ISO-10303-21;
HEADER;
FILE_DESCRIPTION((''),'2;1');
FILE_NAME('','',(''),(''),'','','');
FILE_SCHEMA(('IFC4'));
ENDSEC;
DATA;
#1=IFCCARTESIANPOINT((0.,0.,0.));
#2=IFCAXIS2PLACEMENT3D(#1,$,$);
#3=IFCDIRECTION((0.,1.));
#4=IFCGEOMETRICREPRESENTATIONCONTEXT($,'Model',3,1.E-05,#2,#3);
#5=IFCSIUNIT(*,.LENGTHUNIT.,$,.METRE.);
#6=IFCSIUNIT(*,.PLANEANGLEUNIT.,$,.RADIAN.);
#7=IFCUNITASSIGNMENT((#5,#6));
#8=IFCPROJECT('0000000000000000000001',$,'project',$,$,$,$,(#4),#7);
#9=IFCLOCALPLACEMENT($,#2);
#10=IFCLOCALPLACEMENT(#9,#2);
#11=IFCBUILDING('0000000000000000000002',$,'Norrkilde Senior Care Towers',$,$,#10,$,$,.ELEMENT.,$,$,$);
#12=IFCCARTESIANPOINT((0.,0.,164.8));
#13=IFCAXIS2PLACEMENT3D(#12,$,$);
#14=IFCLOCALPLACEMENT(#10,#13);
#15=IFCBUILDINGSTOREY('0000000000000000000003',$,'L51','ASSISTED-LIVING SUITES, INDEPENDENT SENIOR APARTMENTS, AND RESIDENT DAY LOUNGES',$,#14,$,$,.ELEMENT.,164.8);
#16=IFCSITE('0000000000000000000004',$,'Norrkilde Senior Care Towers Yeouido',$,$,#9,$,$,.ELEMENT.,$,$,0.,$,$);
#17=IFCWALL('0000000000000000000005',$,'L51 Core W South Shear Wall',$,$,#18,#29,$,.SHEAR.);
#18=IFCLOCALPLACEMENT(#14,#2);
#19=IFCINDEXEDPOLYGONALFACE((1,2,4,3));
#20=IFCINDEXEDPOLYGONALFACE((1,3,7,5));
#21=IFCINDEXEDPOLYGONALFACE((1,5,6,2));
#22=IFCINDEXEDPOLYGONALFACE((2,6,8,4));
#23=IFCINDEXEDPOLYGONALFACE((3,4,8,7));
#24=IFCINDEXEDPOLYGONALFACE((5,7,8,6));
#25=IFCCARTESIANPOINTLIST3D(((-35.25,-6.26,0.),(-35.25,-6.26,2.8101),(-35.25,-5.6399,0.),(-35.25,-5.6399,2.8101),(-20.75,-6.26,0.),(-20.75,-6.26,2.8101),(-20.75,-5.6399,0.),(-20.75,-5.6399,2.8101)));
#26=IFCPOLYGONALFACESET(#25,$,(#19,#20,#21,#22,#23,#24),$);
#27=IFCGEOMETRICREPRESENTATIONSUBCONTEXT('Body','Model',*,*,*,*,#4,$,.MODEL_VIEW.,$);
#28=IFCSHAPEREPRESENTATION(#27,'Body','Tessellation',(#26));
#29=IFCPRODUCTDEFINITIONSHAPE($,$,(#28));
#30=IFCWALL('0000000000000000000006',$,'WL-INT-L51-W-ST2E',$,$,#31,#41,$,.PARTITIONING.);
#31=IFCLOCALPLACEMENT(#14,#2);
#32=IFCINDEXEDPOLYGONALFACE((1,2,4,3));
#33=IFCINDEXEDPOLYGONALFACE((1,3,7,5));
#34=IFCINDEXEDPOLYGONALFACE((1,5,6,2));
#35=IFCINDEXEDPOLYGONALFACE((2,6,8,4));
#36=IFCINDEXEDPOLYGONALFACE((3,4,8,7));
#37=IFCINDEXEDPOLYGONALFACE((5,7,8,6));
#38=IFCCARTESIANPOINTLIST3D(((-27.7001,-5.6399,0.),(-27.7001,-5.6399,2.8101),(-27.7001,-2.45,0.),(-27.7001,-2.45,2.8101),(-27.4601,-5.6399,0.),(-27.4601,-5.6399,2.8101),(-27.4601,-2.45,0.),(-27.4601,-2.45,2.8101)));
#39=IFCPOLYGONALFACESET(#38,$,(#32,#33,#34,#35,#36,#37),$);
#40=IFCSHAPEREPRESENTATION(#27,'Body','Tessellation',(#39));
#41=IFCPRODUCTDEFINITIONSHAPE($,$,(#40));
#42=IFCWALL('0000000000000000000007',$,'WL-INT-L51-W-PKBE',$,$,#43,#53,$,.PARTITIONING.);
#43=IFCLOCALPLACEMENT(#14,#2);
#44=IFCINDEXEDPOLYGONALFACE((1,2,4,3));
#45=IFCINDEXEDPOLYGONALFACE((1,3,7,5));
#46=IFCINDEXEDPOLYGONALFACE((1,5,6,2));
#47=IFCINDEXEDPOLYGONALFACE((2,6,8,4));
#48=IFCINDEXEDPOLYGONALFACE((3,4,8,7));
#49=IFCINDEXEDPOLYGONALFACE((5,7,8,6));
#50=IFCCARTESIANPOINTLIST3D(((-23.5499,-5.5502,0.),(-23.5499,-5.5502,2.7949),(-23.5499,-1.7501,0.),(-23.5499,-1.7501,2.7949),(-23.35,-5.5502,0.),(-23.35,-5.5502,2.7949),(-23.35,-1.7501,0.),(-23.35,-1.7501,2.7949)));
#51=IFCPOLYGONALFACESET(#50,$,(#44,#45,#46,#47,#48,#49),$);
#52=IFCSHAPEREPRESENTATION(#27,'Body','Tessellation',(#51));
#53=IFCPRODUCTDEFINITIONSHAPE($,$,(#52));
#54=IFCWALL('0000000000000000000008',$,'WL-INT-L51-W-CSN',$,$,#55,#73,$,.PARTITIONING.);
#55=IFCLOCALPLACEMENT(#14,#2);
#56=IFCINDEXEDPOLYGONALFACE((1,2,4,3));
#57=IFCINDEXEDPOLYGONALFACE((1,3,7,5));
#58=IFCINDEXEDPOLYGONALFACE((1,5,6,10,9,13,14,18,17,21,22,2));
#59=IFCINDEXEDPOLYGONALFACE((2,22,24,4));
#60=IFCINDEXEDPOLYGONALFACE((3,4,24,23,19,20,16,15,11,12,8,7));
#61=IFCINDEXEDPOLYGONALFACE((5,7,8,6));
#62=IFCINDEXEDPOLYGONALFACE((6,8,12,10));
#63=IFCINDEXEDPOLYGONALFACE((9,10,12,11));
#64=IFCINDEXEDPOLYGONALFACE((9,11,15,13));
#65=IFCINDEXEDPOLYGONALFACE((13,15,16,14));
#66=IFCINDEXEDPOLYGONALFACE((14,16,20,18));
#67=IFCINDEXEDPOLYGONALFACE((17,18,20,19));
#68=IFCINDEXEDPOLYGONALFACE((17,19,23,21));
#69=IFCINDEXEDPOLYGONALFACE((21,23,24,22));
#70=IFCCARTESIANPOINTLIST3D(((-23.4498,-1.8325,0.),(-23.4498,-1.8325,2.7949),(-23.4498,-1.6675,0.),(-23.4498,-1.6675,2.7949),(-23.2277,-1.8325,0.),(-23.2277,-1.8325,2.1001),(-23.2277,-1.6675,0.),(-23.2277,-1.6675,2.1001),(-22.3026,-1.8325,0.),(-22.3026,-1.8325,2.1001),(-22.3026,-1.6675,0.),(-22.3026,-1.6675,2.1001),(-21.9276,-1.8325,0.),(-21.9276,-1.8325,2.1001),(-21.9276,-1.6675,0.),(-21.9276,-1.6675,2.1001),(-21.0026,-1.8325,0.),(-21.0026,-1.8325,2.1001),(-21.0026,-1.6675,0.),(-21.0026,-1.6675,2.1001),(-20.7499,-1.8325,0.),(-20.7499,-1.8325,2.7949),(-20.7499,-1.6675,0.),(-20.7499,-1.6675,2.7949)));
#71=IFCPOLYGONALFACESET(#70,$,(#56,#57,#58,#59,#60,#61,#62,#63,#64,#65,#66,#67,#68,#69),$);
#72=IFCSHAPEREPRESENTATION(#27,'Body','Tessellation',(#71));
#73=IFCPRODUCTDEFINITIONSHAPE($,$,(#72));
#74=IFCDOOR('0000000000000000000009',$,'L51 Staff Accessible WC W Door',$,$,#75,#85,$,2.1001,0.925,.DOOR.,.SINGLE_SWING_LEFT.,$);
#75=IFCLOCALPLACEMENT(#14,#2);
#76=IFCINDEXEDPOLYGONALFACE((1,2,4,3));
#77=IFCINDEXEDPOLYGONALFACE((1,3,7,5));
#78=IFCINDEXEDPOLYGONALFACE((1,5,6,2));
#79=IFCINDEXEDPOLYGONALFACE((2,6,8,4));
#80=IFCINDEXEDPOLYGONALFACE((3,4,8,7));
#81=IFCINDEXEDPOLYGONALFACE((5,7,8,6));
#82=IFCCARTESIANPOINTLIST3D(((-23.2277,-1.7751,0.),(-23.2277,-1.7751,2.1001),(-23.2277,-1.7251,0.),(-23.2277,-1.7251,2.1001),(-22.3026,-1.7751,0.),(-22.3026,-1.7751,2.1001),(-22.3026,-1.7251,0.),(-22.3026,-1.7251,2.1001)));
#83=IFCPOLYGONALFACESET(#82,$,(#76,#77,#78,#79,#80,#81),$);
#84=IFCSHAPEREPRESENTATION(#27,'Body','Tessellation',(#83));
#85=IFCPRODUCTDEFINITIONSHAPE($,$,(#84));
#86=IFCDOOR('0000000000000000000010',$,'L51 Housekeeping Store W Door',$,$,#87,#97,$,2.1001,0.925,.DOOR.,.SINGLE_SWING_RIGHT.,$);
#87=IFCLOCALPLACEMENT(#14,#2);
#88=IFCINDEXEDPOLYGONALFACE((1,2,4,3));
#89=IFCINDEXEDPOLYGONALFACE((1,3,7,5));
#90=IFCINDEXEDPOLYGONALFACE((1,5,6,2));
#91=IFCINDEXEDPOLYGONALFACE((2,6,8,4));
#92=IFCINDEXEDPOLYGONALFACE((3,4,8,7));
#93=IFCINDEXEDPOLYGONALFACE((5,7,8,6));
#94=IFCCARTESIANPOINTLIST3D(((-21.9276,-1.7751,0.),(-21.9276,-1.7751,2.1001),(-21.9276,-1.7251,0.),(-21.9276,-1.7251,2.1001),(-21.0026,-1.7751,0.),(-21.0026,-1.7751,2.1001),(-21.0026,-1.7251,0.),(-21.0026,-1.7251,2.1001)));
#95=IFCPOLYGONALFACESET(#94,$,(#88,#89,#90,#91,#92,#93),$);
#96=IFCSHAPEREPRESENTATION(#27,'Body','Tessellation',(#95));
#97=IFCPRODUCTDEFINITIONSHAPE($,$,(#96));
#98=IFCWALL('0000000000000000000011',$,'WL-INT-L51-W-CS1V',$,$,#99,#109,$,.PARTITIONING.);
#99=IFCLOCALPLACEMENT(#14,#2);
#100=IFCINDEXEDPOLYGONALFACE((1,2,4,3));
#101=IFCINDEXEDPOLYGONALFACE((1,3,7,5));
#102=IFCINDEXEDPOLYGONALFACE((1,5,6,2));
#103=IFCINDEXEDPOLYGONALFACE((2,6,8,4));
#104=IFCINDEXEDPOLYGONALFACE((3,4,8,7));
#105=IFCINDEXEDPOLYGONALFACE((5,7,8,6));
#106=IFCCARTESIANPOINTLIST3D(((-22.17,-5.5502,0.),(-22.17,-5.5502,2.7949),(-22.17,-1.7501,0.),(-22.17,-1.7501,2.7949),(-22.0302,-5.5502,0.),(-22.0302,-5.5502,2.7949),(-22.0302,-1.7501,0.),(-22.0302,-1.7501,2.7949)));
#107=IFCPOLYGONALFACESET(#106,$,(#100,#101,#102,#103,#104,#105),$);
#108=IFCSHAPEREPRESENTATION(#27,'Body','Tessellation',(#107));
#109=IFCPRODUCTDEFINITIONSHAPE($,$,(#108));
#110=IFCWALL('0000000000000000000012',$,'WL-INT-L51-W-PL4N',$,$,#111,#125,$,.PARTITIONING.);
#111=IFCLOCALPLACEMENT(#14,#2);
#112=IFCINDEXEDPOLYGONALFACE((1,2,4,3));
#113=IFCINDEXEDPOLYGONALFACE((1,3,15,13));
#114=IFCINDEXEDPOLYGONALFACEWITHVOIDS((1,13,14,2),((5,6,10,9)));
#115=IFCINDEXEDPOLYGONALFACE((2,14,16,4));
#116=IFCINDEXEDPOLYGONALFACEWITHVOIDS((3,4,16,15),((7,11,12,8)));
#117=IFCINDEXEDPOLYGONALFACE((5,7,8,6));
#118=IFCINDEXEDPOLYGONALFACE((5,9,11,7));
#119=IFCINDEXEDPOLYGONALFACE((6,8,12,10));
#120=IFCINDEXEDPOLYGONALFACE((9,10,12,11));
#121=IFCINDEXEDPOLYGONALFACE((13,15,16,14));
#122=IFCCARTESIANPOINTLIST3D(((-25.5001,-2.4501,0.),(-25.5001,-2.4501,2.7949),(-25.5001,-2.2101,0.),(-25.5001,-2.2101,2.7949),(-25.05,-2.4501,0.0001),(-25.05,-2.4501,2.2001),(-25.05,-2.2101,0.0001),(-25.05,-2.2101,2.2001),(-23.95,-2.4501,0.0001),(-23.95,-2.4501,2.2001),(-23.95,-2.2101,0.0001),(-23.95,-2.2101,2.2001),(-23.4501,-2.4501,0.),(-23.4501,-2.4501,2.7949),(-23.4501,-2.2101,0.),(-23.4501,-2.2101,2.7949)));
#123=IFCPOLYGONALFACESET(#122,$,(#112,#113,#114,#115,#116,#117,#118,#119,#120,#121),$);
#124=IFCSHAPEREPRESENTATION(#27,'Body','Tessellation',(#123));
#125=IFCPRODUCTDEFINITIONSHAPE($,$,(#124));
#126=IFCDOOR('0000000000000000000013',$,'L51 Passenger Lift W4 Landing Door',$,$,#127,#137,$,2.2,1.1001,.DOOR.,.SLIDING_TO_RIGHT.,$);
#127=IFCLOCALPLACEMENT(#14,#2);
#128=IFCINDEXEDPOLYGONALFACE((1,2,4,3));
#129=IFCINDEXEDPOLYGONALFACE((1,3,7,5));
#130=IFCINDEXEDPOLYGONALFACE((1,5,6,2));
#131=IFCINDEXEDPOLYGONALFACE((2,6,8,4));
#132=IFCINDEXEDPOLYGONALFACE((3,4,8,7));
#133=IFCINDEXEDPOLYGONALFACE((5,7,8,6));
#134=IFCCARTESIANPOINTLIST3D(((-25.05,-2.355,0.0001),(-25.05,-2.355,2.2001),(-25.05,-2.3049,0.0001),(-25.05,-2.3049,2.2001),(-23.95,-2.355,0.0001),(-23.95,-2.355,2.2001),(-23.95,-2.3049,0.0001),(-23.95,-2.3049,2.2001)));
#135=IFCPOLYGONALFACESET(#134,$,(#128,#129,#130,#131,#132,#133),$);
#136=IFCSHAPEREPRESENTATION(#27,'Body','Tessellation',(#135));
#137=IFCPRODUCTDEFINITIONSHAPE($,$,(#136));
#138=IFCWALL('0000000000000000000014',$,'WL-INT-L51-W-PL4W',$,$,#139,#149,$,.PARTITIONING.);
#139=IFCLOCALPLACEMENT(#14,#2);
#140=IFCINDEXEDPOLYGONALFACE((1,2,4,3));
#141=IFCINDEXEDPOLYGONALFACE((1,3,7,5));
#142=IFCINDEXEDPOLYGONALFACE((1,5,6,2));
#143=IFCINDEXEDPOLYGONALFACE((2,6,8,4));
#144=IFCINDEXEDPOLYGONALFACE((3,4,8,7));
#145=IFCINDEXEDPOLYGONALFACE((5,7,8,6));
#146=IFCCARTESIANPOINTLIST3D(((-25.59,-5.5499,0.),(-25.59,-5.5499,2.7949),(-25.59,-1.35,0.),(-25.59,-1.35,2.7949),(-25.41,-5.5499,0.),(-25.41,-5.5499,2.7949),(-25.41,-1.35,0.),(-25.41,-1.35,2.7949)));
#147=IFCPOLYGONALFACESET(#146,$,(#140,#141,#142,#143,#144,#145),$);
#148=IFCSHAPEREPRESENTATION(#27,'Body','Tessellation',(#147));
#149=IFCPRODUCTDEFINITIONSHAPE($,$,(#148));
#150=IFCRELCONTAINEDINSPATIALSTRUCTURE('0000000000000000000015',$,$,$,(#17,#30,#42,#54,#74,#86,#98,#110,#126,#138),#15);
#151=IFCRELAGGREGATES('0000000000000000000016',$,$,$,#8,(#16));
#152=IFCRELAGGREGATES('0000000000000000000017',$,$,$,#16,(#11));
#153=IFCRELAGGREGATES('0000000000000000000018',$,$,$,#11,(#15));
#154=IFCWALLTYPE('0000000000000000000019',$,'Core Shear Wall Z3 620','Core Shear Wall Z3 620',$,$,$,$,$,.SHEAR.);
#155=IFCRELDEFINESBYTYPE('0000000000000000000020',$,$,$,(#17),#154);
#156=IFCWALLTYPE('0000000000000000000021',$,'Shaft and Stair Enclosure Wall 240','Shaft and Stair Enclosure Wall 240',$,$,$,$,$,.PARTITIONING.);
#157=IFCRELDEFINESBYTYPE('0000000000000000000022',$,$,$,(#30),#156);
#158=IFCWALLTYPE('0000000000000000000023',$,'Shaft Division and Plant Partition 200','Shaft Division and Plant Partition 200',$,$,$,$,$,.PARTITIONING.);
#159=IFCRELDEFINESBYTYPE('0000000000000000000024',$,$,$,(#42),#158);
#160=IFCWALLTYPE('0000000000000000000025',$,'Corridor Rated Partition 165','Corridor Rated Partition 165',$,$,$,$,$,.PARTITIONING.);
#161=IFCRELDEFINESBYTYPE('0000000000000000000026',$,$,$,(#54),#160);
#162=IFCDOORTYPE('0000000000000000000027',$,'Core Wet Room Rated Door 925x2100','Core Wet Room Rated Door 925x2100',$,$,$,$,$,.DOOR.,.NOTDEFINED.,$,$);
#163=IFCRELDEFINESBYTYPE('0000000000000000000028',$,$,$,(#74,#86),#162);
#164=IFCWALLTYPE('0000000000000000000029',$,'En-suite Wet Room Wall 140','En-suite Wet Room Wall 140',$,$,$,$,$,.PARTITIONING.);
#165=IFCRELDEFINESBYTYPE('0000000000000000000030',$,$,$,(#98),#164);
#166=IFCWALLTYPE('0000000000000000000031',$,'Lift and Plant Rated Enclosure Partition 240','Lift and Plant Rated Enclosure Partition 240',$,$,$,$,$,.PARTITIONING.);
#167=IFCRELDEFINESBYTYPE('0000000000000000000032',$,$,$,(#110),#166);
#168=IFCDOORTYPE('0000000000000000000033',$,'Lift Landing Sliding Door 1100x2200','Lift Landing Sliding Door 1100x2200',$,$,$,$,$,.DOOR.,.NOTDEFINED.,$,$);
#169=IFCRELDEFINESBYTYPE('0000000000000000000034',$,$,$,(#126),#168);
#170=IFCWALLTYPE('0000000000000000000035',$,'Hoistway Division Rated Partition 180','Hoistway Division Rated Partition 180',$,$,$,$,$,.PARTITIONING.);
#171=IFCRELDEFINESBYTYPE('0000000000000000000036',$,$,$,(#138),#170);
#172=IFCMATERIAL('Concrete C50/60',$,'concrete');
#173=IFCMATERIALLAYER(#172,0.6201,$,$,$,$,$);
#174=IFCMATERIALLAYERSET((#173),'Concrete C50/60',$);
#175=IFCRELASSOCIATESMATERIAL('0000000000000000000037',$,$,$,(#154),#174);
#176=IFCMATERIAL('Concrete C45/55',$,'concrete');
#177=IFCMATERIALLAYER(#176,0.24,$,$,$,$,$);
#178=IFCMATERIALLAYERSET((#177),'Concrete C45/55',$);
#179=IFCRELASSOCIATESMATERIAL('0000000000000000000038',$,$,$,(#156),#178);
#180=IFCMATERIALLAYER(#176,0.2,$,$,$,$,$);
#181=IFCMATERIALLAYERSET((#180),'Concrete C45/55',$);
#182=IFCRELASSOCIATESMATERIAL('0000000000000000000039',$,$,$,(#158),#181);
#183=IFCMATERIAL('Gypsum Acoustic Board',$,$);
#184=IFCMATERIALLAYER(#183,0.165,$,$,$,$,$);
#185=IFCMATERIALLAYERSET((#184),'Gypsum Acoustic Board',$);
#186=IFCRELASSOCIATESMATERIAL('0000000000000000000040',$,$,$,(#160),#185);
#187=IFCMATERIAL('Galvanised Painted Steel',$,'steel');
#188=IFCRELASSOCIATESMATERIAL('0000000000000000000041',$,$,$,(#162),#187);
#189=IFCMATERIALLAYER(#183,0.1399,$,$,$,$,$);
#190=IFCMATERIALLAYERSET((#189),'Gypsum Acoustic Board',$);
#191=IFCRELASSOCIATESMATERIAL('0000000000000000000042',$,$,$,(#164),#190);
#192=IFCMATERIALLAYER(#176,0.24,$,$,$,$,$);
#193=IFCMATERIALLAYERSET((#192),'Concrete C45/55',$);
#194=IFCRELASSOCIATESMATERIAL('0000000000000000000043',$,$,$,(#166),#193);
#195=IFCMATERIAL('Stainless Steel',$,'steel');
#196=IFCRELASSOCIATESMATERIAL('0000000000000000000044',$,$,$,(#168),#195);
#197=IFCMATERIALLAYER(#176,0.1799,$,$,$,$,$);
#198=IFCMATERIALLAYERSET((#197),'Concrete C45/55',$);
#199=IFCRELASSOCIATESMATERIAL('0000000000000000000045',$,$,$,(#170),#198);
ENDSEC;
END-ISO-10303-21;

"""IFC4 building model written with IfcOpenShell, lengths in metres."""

from ifc_helpers import new_model, si_unit, direction, frame, frame_2d, origin, place, context, subcontext, project, spatial, rectangle, extrude, source, transform, mapped, material, layer, layer_set, type_object, type_shapes, element, fill, save


model = new_model("IFC4")

# Units and contexts
model_context = context("Model", 3, precision=1e-05, world=origin(), true_north=direction((0.0, 1.0)))
body_context = subcontext(model_context, "Body", "Model", "MODEL_VIEW")
ifc_project = project(units=[si_unit("LENGTHUNIT", "METRE"), si_unit("PLANEANGLEUNIT", "RADIAN")], contexts=[model_context])

# Site, building, storey
site_placement = place(None, origin())
site = spatial("IfcSite", under=ifc_project, at=site_placement, Name="Norrkilde Senior Care Towers Yeouido", CompositionType="ELEMENT", RefElevation=0.0)
building_placement = place(site_placement, origin())
building = spatial("IfcBuilding", under=site, at=building_placement, Name="Norrkilde Senior Care Towers", CompositionType="ELEMENT")
storey_placement = place(building_placement, frame((0.0, 0.0, 164.8)))
storey = spatial("IfcBuildingStorey", under=building, at=storey_placement, Name="L51", Description="ASSISTED-LIVING SUITES, INDEPENDENT SENIOR APARTMENTS, AND RESIDENT DAY LOUNGES", CompositionType="ELEMENT", Elevation=164.8)

# Shared definitions
ifc_material_1 = material(Name="Concrete C50/60", Category="concrete")

# Walls
ifc_layer_1 = layer(ifc_material_1, 0.6201)
ifc_layer_set_1 = layer_set([ifc_layer_1], Name="Concrete C50/60")
wall_type_1 = type_object("IfcWallType", Name="Core Shear Wall Z3 620", Description="Core Shear Wall Z3 620", PredefinedType="SHEAR", material=ifc_layer_set_1)
shared_shape_1 = source(origin(), body_context, "Body", "SweptSolid", [
    extrude(rectangle(XDim=14.5, YDim=0.6201, at=frame_2d((7.25, 0.0))), origin(), (0.0, 0.0, 1.0), 2.8101),
])
type_shapes(wall_type_1, [shared_shape_1])
wall_1_placement = place(storey_placement, frame((-20.75, -5.95, 0.0), z_axis=(0.0, 0.0, 1.0), x_axis=(-1.0, 0.0, 0.0)))
element("IfcWall", 1, at=wall_1_placement, inside=storey, type_object=wall_type_1, Name="L51 Core W South Shear Wall", PredefinedType="SHEAR", context=body_context, shape_type="MappedRepresentation", body=[
    mapped(shared_shape_1, transform((0.0, 0.0, 0.0), x_axis=(1.0, 0.0, 0.0), y_axis=(0.0, 1.0, 0.0), z_axis=(0.0, 0.0, 1.0), scale=1.0)),
])
ifc_material_2 = material(Name="Concrete C45/55", Category="concrete")
ifc_layer_2 = layer(ifc_material_2, 0.24)
ifc_layer_set_2 = layer_set([ifc_layer_2], Name="Concrete C45/55")
wall_type_2 = type_object("IfcWallType", Name="Shaft and Stair Enclosure Wall 240", Description="Shaft and Stair Enclosure Wall 240", PredefinedType="PARTITIONING", material=ifc_layer_set_2)
shared_shape_2 = source(origin(), body_context, "Body", "SweptSolid", [
    extrude(rectangle(XDim=3.1899, YDim=0.24, at=frame_2d((1.595, 0.0))), origin(), (0.0, 0.0, 1.0), 2.8101),
])
type_shapes(wall_type_2, [shared_shape_2])
wall_2_placement = place(storey_placement, frame((-27.5801, -5.6399, 0.0), z_axis=(0.0, 0.0, 1.0), x_axis=(0.0, 1.0, 0.0)))
element("IfcWall", 2, at=wall_2_placement, inside=storey, type_object=wall_type_2, Name="WL-INT-L51-W-ST2E", PredefinedType="PARTITIONING", context=body_context, shape_type="MappedRepresentation", body=[
    mapped(shared_shape_2, transform((0.0, 0.0, 0.0), x_axis=(1.0, 0.0, 0.0), y_axis=(0.0, 1.0, 0.0), z_axis=(0.0, 0.0, 1.0), scale=1.0)),
])
ifc_layer_3 = layer(ifc_material_2, 0.2)
ifc_layer_set_3 = layer_set([ifc_layer_3], Name="Concrete C45/55")
wall_type_3 = type_object("IfcWallType", Name="Shaft Division and Plant Partition 200", Description="Shaft Division and Plant Partition 200", PredefinedType="PARTITIONING", material=ifc_layer_set_3)
shared_shape_3 = source(origin(), body_context, "Body", "SweptSolid", [
    extrude(rectangle(XDim=3.8, YDim=0.2, at=frame_2d((1.8999, 0.0))), origin(), (0.0, 0.0, 1.0), 2.7949),
])
type_shapes(wall_type_3, [shared_shape_3])
wall_3_placement = place(storey_placement, frame((-23.45, -5.55, 0.0), z_axis=(0.0, 0.0, 1.0), x_axis=(0.0, 1.0, 0.0)))
element("IfcWall", 3, at=wall_3_placement, inside=storey, type_object=wall_type_3, Name="WL-INT-L51-W-PKBE", PredefinedType="PARTITIONING", context=body_context, shape_type="MappedRepresentation", body=[
    mapped(shared_shape_3, transform((0.0, 0.0, 0.0), x_axis=(1.0, 0.0, 0.0), y_axis=(0.0, 1.0, 0.0), z_axis=(0.0, 0.0, 1.0), scale=1.0)),
])

# Wall, openings, doors
ifc_material_3 = material(Name="Gypsum Acoustic Board")
ifc_layer_4 = layer(ifc_material_3, 0.165)
ifc_layer_set_4 = layer_set([ifc_layer_4], Name="Gypsum Acoustic Board")
wall_type_4 = type_object("IfcWallType", Name="Corridor Rated Partition 165", Description="Corridor Rated Partition 165", PredefinedType="PARTITIONING", material=ifc_layer_set_4)
shared_shape_4 = source(origin(), body_context, "Body", "SweptSolid", [
    extrude(rectangle(XDim=2.7, YDim=0.165, at=frame_2d((1.3501, 0.0))), origin(), (0.0, 0.0, 1.0), 2.7949),
])
wall_4_placement = place(storey_placement, frame((-23.45, -1.75, 0.0), z_axis=(0.0, 0.0, 1.0), x_axis=(1.0, 0.0, 0.0)))
wall_4 = element("IfcWall", 4, at=wall_4_placement, inside=storey, type_object=wall_type_4, Name="WL-INT-L51-W-CSN", PredefinedType="PARTITIONING", context=body_context, shape_type="MappedRepresentation", body=[
    mapped(shared_shape_4, transform((0.0, 0.0, 0.0), x_axis=(1.0, 0.0, 0.0), y_axis=(0.0, 1.0, 0.0), z_axis=(0.0, 0.0, 1.0), scale=1.0)),
])
opening_1_placement = place(wall_4_placement, frame((0.2224, 0.0, 0.0)))
opening_1 = element("IfcOpeningElement", 5, at=opening_1_placement, cuts=wall_4, PredefinedType="OPENING", context=body_context, shape_type="SweptSolid", body=[
    extrude(rectangle(XDim=0.925, YDim=2.1001, at=frame_2d((0.4624, 1.05))), frame((0.0, 0.0925, 0.0), z_axis=(0.0, -1.0, 0.0), x_axis=(1.0, 0.0, 0.0)), (0.0, 0.0, 1.0), 0.1851),
])
opening_2_placement = place(wall_4_placement, frame((1.5225, 0.0, 0.0)))
opening_2 = element("IfcOpeningElement", 6, at=opening_2_placement, cuts=wall_4, PredefinedType="OPENING", context=body_context, shape_type="SweptSolid", body=[
    extrude(rectangle(XDim=0.925, YDim=2.1001, at=frame_2d((0.4624, 1.05))), frame((0.0, 0.0925, 0.0), z_axis=(0.0, -1.0, 0.0), x_axis=(1.0, 0.0, 0.0)), (0.0, 0.0, 1.0), 0.1851),
])
ifc_material_4 = material(Name="Galvanised Painted Steel", Category="steel")
door_type_1 = type_object("IfcDoorType", Name="Core Wet Room Rated Door 925x2100", Description="Core Wet Room Rated Door 925x2100", OperationType="NOTDEFINED", PredefinedType="DOOR", material=ifc_material_4)
shared_shape_5 = source(origin(), body_context, "Body", "SweptSolid", [
    extrude(rectangle(XDim=0.925, YDim=2.1001, at=frame_2d((0.4624, 1.05))), frame((0.0, 0.0249, 0.0), z_axis=(0.0, -1.0, 0.0), x_axis=(1.0, 0.0, 0.0)), (0.0, 0.0, 1.0), 0.05),
])
type_shapes(door_type_1, [shared_shape_5])
door_1_placement = place(opening_1_placement, origin())
door_1 = element("IfcDoor", 7, at=door_1_placement, inside=storey, type_object=door_type_1, Name="L51 Staff Accessible WC W Door", OperationType="SINGLE_SWING_LEFT", OverallHeight=2.1001, OverallWidth=0.925, PredefinedType="DOOR", context=body_context, shape_type="MappedRepresentation", body=[
    mapped(shared_shape_5, transform((0.0, 0.0, 0.0), x_axis=(1.0, 0.0, 0.0), y_axis=(0.0, 1.0, 0.0), z_axis=(0.0, 0.0, 1.0), scale=1.0)),
])
fill(opening_1, door_1)
door_2_placement = place(opening_2_placement, origin())
door_2 = element("IfcDoor", 8, at=door_2_placement, inside=storey, type_object=door_type_1, Name="L51 Housekeeping Store W Door", OperationType="SINGLE_SWING_RIGHT", OverallHeight=2.1001, OverallWidth=0.925, PredefinedType="DOOR", context=body_context, shape_type="MappedRepresentation", body=[
    mapped(shared_shape_5, transform((0.0, 0.0, 0.0), x_axis=(1.0, 0.0, 0.0), y_axis=(0.0, 1.0, 0.0), z_axis=(0.0, 0.0, 1.0), scale=1.0)),
])
fill(opening_2, door_2)

# Wall
ifc_layer_5 = layer(ifc_material_3, 0.1399)
ifc_layer_set_5 = layer_set([ifc_layer_5], Name="Gypsum Acoustic Board")
wall_type_5 = type_object("IfcWallType", Name="En-suite Wet Room Wall 140", Description="En-suite Wet Room Wall 140", PredefinedType="PARTITIONING", material=ifc_layer_set_5)
shared_shape_6 = source(origin(), body_context, "Body", "SweptSolid", [
    extrude(rectangle(XDim=3.8, YDim=0.1399, at=frame_2d((1.8999, 0.0))), origin(), (0.0, 0.0, 1.0), 2.7949),
])
type_shapes(wall_type_5, [shared_shape_6])
wall_5_placement = place(storey_placement, frame((-22.1001, -5.55, 0.0), z_axis=(0.0, 0.0, 1.0), x_axis=(0.0, 1.0, 0.0)))
element("IfcWall", 9, at=wall_5_placement, inside=storey, type_object=wall_type_5, Name="WL-INT-L51-W-CS1V", PredefinedType="PARTITIONING", context=body_context, shape_type="MappedRepresentation", body=[
    mapped(shared_shape_6, transform((0.0, 0.0, 0.0), x_axis=(1.0, 0.0, 0.0), y_axis=(0.0, 1.0, 0.0), z_axis=(0.0, 0.0, 1.0), scale=1.0)),
])

# Wall, opening, door
ifc_layer_6 = layer(ifc_material_2, 0.24)
ifc_layer_set_6 = layer_set([ifc_layer_6], Name="Concrete C45/55")
wall_type_6 = type_object("IfcWallType", Name="Lift and Plant Rated Enclosure Partition 240", Description="Lift and Plant Rated Enclosure Partition 240", PredefinedType="PARTITIONING", material=ifc_layer_set_6)
shared_shape_7 = source(origin(), body_context, "Body", "SweptSolid", [
    extrude(rectangle(XDim=2.05, YDim=0.24, at=frame_2d((1.0249, 0.0))), origin(), (0.0, 0.0, 1.0), 2.7949),
])
type_shapes(wall_type_6, [shared_shape_7])
wall_6_placement = place(storey_placement, frame((-25.5, -2.3301, 0.0), z_axis=(0.0, 0.0, 1.0), x_axis=(1.0, 0.0, 0.0)))
wall_6 = element("IfcWall", 10, at=wall_6_placement, inside=storey, type_object=wall_type_6, Name="WL-INT-L51-W-PL4N", PredefinedType="PARTITIONING", context=body_context, shape_type="MappedRepresentation", body=[
    mapped(shared_shape_7, transform((0.0, 0.0, 0.0), x_axis=(1.0, 0.0, 0.0), y_axis=(0.0, 1.0, 0.0), z_axis=(0.0, 0.0, 1.0), scale=1.0)),
])
opening_3_placement = place(wall_6_placement, frame((0.45, 0.0, 0.0)))
opening_3 = element("IfcOpeningElement", 11, at=opening_3_placement, cuts=wall_6, PredefinedType="OPENING", context=body_context, shape_type="SweptSolid", body=[
    extrude(rectangle(XDim=1.1001, YDim=2.2, at=frame_2d((0.55, 1.1001))), frame((0.0, 0.1299, 0.0), z_axis=(0.0, -1.0, 0.0), x_axis=(1.0, 0.0, 0.0)), (0.0, 0.0, 1.0), 0.26),
])
ifc_material_5 = material(Name="Stainless Steel", Category="steel")
door_type_2 = type_object("IfcDoorType", Name="Lift Landing Sliding Door 1100x2200", Description="Lift Landing Sliding Door 1100x2200", OperationType="NOTDEFINED", PredefinedType="DOOR", material=ifc_material_5)
shared_shape_8 = source(origin(), body_context, "Body", "SweptSolid", [
    extrude(rectangle(XDim=1.1001, YDim=2.2, at=frame_2d((0.55, 1.1001))), frame((0.0, 0.0249, 0.0), z_axis=(0.0, -1.0, 0.0), x_axis=(1.0, 0.0, 0.0)), (0.0, 0.0, 1.0), 0.05),
])
type_shapes(door_type_2, [shared_shape_8])
door_3_placement = place(opening_3_placement, frame((1.1001, 0.0, 0.0), z_axis=(0.0, 0.0, 1.0), x_axis=(-1.0, 0.0, 0.0)))
door_3 = element("IfcDoor", 12, at=door_3_placement, inside=storey, type_object=door_type_2, Name="L51 Passenger Lift W4 Landing Door", OperationType="SLIDING_TO_RIGHT", OverallHeight=2.2, OverallWidth=1.1001, PredefinedType="DOOR", context=body_context, shape_type="MappedRepresentation", body=[
    mapped(shared_shape_8, transform((0.0, 0.0, 0.0), x_axis=(1.0, 0.0, 0.0), y_axis=(0.0, 1.0, 0.0), z_axis=(0.0, 0.0, 1.0), scale=1.0)),
])
fill(opening_3, door_3)

# Wall
ifc_layer_7 = layer(ifc_material_2, 0.1799)
ifc_layer_set_7 = layer_set([ifc_layer_7], Name="Concrete C45/55")
wall_type_7 = type_object("IfcWallType", Name="Hoistway Division Rated Partition 180", Description="Hoistway Division Rated Partition 180", PredefinedType="PARTITIONING", material=ifc_layer_set_7)
shared_shape_9 = source(origin(), body_context, "Body", "SweptSolid", [
    extrude(rectangle(XDim=4.2, YDim=0.1799, at=frame_2d((2.1001, 0.0))), origin(), (0.0, 0.0, 1.0), 2.7949),
])
type_shapes(wall_type_7, [shared_shape_9])
wall_7_placement = place(storey_placement, frame((-25.5, -5.55, 0.0), z_axis=(0.0, 0.0, 1.0), x_axis=(0.0, 1.0, 0.0)))
element("IfcWall", 13, at=wall_7_placement, inside=storey, type_object=wall_type_7, Name="WL-INT-L51-W-PL4W", PredefinedType="PARTITIONING", context=body_context, shape_type="MappedRepresentation", body=[
    mapped(shared_shape_9, transform((0.0, 0.0, 0.0), x_axis=(1.0, 0.0, 0.0), y_axis=(0.0, 1.0, 0.0), z_axis=(0.0, 0.0, 1.0), scale=1.0)),
])

save(model, "model.ifc")
